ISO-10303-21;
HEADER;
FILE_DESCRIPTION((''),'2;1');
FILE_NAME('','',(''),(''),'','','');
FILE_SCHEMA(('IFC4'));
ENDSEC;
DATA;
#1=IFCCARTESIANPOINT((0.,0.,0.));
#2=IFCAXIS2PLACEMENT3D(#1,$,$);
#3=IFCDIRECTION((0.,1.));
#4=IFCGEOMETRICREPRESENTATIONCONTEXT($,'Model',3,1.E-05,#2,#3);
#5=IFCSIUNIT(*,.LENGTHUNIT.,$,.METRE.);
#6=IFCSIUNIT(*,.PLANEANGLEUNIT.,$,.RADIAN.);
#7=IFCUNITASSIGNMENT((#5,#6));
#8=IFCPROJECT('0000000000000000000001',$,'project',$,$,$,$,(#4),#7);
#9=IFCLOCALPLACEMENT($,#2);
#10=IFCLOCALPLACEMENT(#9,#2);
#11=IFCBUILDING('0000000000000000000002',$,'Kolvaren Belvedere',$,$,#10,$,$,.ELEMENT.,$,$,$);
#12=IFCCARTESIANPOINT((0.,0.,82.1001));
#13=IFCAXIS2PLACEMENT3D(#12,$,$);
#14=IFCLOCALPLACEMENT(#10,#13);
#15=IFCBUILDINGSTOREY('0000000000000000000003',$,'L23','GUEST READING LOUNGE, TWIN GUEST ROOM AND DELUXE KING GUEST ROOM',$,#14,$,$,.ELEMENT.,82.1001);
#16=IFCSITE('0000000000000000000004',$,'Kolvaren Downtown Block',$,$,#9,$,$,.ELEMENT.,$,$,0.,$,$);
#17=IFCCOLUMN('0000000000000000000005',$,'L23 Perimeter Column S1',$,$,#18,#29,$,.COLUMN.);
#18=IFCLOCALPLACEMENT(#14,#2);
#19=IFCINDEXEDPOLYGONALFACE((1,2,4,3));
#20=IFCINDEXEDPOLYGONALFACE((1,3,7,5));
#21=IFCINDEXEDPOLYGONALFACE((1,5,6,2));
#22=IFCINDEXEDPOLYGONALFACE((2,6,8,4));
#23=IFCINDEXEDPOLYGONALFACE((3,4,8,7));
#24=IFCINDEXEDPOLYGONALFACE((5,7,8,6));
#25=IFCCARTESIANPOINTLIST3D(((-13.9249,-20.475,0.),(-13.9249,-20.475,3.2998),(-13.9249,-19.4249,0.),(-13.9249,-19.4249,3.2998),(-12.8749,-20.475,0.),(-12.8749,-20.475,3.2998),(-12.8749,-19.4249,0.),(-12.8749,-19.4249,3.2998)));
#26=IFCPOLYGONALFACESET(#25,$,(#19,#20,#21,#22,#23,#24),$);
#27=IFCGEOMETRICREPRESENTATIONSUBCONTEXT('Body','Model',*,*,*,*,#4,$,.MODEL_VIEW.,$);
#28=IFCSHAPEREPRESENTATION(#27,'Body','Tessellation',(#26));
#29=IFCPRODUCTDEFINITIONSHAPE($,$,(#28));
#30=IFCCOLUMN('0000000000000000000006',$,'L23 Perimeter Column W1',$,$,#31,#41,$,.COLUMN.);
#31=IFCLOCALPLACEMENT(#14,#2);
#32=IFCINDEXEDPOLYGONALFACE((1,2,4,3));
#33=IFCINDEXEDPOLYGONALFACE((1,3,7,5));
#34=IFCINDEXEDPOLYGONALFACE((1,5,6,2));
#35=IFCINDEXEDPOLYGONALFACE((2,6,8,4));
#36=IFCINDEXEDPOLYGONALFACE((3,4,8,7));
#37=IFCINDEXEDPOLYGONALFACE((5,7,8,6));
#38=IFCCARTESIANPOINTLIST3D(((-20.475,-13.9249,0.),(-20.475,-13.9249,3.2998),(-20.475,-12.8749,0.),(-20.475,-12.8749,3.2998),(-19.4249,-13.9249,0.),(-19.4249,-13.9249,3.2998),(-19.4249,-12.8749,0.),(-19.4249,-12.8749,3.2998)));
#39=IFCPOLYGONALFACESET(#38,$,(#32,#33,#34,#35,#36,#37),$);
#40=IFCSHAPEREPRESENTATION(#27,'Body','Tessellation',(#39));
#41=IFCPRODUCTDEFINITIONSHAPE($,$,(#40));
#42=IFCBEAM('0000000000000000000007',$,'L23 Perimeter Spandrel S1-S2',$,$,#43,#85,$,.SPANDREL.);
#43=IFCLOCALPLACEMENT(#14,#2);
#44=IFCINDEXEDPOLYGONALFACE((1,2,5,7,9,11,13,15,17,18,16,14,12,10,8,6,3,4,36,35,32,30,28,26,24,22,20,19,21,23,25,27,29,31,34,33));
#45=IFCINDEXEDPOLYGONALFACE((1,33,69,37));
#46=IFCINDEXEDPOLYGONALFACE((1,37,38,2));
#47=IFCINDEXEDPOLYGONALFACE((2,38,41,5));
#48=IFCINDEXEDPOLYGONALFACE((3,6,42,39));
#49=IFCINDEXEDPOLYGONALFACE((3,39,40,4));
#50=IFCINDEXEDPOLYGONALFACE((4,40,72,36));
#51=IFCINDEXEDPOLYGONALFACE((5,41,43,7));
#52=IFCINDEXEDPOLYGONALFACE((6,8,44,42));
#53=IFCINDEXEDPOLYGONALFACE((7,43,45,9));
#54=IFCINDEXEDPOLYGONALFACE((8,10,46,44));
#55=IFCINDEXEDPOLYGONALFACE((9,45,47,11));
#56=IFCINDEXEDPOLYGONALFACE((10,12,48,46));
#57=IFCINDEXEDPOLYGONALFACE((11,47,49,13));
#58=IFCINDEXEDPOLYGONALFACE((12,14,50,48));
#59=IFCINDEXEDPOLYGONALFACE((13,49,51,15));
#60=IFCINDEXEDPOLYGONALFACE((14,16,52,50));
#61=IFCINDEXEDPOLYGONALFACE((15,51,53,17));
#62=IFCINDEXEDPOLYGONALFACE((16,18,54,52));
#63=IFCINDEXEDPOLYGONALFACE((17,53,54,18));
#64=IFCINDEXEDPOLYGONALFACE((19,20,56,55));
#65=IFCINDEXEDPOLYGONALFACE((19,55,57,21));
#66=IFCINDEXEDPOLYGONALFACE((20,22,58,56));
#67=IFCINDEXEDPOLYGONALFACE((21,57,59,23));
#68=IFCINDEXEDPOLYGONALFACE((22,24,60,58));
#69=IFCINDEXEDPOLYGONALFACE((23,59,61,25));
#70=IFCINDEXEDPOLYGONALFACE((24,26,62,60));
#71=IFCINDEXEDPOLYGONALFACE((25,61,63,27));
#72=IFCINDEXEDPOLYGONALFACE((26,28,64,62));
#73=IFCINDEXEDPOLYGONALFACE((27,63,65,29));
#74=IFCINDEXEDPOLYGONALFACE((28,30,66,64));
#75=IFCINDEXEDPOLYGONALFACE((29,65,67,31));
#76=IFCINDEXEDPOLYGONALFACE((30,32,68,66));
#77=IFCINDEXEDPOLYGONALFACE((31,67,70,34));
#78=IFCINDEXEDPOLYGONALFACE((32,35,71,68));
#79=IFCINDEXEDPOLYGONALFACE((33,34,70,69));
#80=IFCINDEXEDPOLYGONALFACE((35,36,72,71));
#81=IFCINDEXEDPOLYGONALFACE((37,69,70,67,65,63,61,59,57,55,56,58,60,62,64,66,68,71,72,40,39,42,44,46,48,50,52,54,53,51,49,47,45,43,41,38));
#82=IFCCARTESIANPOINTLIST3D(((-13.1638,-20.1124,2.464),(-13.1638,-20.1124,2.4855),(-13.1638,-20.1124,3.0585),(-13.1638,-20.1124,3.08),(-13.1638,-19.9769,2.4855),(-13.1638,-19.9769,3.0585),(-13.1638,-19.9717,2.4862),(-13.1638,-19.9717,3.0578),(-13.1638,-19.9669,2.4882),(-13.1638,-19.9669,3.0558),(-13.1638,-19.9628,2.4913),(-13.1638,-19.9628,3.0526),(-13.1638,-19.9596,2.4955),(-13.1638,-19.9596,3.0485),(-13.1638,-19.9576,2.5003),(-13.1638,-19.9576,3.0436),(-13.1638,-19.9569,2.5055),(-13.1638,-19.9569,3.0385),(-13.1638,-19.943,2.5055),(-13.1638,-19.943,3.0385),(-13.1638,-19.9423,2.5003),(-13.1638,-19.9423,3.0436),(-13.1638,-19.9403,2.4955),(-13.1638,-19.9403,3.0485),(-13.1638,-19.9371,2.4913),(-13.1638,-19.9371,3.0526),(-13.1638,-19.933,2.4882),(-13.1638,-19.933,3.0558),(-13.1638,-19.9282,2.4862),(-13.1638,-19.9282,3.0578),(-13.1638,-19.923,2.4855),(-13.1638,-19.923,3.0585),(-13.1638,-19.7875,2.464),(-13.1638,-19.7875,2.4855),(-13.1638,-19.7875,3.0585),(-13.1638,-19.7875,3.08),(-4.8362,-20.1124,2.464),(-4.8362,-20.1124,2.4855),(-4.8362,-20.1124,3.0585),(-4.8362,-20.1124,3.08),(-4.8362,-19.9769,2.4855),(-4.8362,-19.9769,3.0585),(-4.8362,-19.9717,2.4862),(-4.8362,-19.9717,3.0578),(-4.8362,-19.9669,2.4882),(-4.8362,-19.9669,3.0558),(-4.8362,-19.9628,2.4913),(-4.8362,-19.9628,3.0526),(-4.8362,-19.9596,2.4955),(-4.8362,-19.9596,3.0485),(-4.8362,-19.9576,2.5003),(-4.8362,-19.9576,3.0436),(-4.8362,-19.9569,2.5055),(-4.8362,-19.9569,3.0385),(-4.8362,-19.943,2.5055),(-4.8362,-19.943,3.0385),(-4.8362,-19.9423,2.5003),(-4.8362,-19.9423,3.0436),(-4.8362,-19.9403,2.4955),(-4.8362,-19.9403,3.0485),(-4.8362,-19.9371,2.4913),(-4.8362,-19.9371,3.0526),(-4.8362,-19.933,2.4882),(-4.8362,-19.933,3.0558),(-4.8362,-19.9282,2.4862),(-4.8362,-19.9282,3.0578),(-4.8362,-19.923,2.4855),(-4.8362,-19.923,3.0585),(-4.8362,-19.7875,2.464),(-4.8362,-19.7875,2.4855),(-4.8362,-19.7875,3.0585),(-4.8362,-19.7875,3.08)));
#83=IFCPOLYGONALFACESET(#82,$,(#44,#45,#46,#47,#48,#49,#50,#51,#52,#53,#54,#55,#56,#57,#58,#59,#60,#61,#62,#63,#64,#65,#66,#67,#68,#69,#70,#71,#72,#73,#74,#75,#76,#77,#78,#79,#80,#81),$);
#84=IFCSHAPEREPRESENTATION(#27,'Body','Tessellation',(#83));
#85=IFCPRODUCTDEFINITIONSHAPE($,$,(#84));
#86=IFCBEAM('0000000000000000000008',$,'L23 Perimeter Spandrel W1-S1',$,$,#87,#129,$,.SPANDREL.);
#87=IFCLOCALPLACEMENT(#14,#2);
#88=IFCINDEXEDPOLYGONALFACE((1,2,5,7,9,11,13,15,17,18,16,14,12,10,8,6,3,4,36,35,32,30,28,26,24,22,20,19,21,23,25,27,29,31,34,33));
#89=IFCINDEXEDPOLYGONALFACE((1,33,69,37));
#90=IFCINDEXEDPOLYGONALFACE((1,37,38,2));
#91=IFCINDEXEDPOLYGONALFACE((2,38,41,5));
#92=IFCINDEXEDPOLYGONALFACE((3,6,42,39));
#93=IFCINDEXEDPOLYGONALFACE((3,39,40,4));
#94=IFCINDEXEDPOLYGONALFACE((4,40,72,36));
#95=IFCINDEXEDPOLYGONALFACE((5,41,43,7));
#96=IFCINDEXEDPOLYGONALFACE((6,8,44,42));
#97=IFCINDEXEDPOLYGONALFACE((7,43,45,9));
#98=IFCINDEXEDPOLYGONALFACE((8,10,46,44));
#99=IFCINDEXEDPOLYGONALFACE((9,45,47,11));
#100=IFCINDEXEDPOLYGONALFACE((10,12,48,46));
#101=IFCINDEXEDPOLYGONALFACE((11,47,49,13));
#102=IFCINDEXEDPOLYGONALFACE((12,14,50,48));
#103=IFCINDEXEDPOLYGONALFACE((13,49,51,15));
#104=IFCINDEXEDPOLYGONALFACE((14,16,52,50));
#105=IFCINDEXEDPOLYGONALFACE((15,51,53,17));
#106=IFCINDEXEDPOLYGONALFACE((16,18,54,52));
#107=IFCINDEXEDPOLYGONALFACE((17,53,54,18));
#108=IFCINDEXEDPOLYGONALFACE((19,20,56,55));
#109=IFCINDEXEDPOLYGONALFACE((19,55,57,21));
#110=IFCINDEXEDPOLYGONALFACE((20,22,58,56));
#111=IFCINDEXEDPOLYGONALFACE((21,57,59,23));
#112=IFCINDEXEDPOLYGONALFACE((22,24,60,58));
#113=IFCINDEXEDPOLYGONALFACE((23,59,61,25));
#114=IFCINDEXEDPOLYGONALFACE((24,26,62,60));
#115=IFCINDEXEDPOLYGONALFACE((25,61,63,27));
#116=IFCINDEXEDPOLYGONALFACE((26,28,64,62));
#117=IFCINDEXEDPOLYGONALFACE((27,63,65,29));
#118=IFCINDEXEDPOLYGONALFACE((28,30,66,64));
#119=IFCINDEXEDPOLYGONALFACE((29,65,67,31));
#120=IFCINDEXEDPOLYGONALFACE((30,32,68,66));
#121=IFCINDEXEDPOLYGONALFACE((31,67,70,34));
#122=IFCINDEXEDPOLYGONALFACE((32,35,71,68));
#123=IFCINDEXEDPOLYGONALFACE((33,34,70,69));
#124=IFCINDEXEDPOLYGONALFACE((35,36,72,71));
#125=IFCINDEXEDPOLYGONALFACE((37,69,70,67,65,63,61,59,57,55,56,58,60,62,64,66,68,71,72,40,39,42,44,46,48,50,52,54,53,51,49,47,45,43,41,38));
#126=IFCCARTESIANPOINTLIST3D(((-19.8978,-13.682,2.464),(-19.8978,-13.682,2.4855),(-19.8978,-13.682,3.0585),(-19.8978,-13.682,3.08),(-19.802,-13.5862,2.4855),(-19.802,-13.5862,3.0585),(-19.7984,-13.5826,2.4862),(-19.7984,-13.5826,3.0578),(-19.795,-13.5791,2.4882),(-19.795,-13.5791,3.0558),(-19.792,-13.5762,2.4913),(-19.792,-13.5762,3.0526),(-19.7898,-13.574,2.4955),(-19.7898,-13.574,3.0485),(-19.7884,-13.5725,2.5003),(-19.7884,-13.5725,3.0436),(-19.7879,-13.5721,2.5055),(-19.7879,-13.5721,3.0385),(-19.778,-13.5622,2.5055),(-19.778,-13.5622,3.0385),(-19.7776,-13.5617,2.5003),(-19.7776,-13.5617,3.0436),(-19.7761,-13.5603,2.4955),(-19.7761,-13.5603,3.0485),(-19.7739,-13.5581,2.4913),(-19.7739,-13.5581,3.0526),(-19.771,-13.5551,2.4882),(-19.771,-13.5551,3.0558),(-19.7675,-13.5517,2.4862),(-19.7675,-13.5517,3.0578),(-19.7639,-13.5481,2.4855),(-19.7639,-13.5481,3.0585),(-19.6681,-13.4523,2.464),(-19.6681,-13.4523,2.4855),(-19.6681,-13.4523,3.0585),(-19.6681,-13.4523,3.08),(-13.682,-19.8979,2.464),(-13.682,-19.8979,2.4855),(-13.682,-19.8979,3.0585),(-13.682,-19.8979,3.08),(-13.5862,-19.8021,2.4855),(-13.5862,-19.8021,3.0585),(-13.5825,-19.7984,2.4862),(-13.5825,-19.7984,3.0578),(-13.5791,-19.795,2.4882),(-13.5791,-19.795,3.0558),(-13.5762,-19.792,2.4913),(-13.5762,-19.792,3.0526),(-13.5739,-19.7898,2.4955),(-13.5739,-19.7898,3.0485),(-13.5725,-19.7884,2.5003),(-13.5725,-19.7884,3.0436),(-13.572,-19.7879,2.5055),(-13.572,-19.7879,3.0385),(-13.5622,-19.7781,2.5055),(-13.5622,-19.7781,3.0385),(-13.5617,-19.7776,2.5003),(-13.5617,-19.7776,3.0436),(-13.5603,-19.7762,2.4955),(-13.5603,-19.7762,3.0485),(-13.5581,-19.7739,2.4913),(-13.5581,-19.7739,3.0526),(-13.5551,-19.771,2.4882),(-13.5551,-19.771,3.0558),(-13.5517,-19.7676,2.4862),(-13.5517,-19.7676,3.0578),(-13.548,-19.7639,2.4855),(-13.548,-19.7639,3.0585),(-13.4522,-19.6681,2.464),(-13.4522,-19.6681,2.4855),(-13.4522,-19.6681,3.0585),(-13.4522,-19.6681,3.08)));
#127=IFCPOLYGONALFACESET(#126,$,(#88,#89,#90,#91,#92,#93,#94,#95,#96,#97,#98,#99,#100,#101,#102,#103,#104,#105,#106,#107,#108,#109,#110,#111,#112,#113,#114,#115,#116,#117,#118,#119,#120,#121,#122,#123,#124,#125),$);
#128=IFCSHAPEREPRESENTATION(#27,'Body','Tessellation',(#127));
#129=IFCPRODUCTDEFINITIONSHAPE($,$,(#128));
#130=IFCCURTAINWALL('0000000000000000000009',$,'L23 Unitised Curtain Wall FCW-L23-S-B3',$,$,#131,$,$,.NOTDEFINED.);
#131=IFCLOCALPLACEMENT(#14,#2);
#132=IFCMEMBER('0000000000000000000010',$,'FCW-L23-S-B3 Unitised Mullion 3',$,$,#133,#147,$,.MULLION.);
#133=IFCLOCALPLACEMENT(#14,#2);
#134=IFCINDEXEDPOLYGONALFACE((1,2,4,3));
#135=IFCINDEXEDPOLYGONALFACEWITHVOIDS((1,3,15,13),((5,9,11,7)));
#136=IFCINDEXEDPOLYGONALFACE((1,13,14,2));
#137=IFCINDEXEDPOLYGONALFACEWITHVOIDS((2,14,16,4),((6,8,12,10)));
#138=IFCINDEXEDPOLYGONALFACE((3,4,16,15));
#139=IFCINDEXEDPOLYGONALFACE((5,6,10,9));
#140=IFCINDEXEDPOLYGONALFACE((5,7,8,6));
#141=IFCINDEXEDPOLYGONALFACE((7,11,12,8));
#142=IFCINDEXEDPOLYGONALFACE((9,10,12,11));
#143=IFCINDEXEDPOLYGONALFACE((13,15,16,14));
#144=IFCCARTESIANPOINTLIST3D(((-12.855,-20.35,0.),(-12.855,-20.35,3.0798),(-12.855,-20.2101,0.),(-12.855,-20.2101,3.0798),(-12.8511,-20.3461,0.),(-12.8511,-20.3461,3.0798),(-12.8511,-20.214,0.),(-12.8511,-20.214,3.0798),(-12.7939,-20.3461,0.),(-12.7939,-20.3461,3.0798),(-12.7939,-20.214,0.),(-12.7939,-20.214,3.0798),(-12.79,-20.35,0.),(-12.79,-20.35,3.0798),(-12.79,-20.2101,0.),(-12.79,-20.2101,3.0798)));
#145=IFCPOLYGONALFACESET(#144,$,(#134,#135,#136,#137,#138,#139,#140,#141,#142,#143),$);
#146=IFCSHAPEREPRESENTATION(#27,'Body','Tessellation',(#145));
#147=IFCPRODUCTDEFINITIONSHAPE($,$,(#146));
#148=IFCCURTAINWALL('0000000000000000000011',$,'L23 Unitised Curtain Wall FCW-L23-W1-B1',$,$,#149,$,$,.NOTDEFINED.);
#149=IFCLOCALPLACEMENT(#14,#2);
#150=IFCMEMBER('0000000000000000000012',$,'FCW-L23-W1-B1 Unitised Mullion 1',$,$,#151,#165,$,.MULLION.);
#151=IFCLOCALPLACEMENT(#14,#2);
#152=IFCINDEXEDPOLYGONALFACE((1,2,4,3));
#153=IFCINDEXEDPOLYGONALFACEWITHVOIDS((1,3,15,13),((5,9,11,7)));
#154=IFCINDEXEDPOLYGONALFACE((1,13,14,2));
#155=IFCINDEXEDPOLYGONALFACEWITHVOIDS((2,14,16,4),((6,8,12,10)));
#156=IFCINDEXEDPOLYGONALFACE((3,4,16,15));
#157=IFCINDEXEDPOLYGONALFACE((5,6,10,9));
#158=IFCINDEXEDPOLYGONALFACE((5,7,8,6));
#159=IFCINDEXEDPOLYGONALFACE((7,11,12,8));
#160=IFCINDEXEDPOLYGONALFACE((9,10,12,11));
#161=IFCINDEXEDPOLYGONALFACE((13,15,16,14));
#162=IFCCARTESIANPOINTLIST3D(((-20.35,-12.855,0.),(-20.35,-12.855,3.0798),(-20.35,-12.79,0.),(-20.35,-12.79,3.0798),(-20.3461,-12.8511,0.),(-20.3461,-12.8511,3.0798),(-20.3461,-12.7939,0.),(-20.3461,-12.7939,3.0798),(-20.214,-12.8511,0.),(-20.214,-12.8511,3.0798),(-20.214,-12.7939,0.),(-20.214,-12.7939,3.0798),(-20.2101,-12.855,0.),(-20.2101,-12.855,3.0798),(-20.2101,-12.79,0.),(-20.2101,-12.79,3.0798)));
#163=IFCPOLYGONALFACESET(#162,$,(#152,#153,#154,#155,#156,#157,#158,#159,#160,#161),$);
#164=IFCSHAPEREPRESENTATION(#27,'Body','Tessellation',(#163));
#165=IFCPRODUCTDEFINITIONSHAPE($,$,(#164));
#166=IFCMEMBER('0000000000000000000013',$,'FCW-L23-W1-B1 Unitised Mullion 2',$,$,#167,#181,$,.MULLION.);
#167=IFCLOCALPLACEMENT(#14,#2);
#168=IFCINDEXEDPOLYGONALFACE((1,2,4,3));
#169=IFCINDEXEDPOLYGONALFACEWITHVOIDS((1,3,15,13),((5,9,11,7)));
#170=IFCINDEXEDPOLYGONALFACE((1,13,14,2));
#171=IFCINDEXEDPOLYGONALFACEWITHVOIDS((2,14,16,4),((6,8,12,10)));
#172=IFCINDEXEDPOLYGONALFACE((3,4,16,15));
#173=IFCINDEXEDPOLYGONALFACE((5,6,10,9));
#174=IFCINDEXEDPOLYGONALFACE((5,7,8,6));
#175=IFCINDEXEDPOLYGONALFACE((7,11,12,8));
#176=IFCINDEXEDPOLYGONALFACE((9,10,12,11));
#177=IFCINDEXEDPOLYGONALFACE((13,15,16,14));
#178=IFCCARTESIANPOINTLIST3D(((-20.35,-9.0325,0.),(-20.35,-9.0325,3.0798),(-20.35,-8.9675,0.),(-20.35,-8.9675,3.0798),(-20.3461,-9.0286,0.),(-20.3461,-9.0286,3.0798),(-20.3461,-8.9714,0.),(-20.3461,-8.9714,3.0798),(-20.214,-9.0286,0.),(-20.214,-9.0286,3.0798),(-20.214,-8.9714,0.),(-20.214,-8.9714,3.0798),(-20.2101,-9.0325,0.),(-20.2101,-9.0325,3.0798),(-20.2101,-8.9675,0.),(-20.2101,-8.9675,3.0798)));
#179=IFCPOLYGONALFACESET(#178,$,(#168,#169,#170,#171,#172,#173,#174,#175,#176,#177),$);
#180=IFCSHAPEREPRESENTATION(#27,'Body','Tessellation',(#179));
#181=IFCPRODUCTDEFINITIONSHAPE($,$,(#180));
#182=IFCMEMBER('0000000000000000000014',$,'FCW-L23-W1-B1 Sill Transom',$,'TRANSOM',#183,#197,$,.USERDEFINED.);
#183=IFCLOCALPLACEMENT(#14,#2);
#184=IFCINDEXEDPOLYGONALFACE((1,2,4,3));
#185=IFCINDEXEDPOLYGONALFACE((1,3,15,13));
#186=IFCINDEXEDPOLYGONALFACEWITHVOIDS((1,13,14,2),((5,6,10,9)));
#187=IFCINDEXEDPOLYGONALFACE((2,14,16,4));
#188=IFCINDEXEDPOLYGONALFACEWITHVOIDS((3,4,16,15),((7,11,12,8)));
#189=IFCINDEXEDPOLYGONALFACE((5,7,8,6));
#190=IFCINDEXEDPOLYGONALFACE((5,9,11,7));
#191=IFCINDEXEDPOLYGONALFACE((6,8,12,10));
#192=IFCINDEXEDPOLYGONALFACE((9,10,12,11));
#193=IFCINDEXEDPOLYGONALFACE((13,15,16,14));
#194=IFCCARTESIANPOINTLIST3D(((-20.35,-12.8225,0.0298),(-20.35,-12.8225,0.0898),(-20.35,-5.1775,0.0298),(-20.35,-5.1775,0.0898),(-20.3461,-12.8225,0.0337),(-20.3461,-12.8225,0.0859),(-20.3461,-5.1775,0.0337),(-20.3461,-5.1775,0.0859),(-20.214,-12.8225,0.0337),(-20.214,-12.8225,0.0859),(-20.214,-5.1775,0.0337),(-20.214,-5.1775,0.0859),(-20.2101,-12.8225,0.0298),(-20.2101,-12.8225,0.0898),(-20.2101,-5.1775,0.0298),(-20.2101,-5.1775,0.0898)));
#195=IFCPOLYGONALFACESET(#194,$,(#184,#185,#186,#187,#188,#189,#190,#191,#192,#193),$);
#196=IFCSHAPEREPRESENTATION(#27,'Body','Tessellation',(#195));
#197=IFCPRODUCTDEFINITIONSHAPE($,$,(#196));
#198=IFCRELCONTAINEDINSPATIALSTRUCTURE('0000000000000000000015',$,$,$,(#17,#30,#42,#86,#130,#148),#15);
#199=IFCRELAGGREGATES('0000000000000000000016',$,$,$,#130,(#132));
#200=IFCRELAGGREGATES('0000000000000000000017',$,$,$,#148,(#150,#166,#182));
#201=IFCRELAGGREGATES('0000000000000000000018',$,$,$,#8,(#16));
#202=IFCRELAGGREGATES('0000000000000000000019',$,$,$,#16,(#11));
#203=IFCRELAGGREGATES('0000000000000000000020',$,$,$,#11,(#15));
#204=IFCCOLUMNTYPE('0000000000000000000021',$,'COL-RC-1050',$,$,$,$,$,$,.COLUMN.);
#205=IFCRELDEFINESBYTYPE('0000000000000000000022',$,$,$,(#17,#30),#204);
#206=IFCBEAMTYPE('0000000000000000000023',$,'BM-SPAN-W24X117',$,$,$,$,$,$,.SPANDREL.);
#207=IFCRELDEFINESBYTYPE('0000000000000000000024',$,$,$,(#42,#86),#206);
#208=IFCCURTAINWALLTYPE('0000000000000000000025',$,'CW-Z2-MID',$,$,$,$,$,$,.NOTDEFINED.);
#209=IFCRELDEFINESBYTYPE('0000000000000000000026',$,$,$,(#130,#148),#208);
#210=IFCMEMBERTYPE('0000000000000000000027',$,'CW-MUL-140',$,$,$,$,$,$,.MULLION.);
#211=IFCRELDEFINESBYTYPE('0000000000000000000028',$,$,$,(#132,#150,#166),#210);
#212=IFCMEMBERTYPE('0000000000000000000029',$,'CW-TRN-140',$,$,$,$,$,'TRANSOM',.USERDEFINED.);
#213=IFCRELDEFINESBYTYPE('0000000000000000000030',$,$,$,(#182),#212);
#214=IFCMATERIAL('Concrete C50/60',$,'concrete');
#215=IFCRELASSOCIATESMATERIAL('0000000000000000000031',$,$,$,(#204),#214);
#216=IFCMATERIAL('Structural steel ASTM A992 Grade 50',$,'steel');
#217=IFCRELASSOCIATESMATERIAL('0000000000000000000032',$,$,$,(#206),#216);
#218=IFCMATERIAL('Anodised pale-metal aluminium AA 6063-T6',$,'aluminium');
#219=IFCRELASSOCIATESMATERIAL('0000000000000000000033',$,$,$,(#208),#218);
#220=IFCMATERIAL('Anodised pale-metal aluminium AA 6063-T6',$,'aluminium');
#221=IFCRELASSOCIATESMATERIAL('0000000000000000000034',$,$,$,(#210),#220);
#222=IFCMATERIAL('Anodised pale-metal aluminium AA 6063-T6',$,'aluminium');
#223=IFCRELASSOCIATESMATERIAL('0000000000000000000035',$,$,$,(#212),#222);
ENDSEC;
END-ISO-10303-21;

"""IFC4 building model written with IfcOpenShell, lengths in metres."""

from ifc_helpers import new_model, si_unit, direction, frame, origin, origin_2d, place, context, subcontext, project, spatial, rectangle, hollow_rectangle, i_section, extrude, material, material_profile, profile_set, type_object, element, aggregate, save


model = new_model("IFC4")

# Units and contexts
model_context = context("Model", 3, precision=1e-05, world=origin(), true_north=direction((0.0, 1.0)))
body_context = subcontext(model_context, "Body", "Model", "MODEL_VIEW")
ifc_project = project(units=[si_unit("LENGTHUNIT", "METRE"), si_unit("PLANEANGLEUNIT", "RADIAN")], contexts=[model_context])

# Site, building, storey
site_placement = place(None, origin())
site = spatial("IfcSite", under=ifc_project, at=site_placement, Name="Kolvaren Downtown Block", CompositionType="ELEMENT", RefElevation=0.0)
building_placement = place(site_placement, origin())
building = spatial("IfcBuilding", under=site, at=building_placement, Name="Kolvaren Belvedere", CompositionType="ELEMENT")
storey_placement = place(building_placement, frame((0.0, 0.0, 82.1001)))
storey = spatial("IfcBuildingStorey", under=building, at=storey_placement, Name="L23", Description="GUEST READING LOUNGE, TWIN GUEST ROOM AND DELUXE KING GUEST ROOM", CompositionType="ELEMENT", Elevation=82.1001)

# Columns
ifc_material_1 = material(Name="Concrete C50/60", Category="concrete")
ifc_material_profile_1 = material_profile(ifc_material_1, rectangle(XDim=1.05, YDim=1.05, at=origin_2d()), Name="RC 1050X1050")
ifc_profile_set_1 = profile_set([ifc_material_profile_1], Name="Concrete C50/60")
column_type = type_object("IfcColumnType", Name="COL-RC-1050", PredefinedType="COLUMN", material=ifc_profile_set_1)
for number, where, z_axis, x_axis, name in (
    (1, (-13.3999, -19.95, 0.0), (0.0, 0.0, 1.0), (1.0, 0.0, 0.0), "L23 Perimeter Column S1"),
    (2, (-19.95, -13.3999, 0.0), (0.0, 0.0, 1.0), (1.0, 0.0, 0.0), "L23 Perimeter Column W1"),
):
    element("IfcColumn", number, at=place(storey_placement, frame(where, z_axis=z_axis, x_axis=x_axis)), inside=storey, type_object=column_type, Name=name, PredefinedType="COLUMN", context=body_context, shape_type="SweptSolid", body=[
        extrude(rectangle(XDim=1.05, YDim=1.05, at=origin_2d()), origin(), (0.0, 0.0, 1.0), 3.2998),
    ])

# Beams
ifc_material_2 = material(Name="Structural steel ASTM A992 Grade 50", Category="steel")
ifc_material_profile_2 = material_profile(ifc_material_2, i_section(OverallWidth=0.325, OverallDepth=0.616, WebThickness=0.0139, FlangeThickness=0.0215, FilletRadius=0.02, at=origin_2d()), Name="W24X117")
ifc_profile_set_2 = profile_set([ifc_material_profile_2], Name="Structural steel ASTM A992 Grade 50")
beam_type = type_object("IfcBeamType", Name="BM-SPAN-W24X117", PredefinedType="SPANDREL", material=ifc_profile_set_2)
beam_1_placement = place(storey_placement, frame((-13.1638, -19.95, 2.772), z_axis=(1.0, 0.0, 0.0), x_axis=(0.0, 1.0, 0.0)))
element("IfcBeam", 3, at=beam_1_placement, inside=storey, type_object=beam_type, Name="L23 Perimeter Spandrel S1-S2", PredefinedType="SPANDREL", context=body_context, shape_type="SweptSolid", body=[
    extrude(i_section(OverallWidth=0.325, OverallDepth=0.616, WebThickness=0.0139, FlangeThickness=0.0215, FilletRadius=0.02, at=origin_2d()), origin(), (0.0, 0.0, 1.0), 8.3276),
])
beam_2_placement = place(storey_placement, frame((-19.783, -13.5671, 2.772), z_axis=(0.707107, -0.707107, 0.0), x_axis=(0.707107, 0.707107, 0.0)))
element("IfcBeam", 4, at=beam_2_placement, inside=storey, type_object=beam_type, Name="L23 Perimeter Spandrel W1-S1", PredefinedType="SPANDREL", context=body_context, shape_type="SweptSolid", body=[
    extrude(i_section(OverallWidth=0.325, OverallDepth=0.616, WebThickness=0.0139, FlangeThickness=0.0215, FilletRadius=0.02, at=origin_2d()), origin(), (0.0, 0.0, 1.0), 8.7905),
])

# Curtain wall, member
ifc_material_3 = material(Name="Anodised pale-metal aluminium AA 6063-T6", Category="aluminium")
curtain_wall_type = type_object("IfcCurtainWallType", Name="CW-Z2-MID", PredefinedType="NOTDEFINED", material=ifc_material_3)
curtain_wall_1_placement = place(storey_placement, origin())
curtain_wall_1 = element("IfcCurtainWall", 5, at=curtain_wall_1_placement, inside=storey, type_object=curtain_wall_type, Name="L23 Unitised Curtain Wall FCW-L23-S-B3", PredefinedType="NOTDEFINED")
ifc_material_4 = material(Name="Anodised pale-metal aluminium AA 6063-T6", Category="aluminium")
ifc_material_profile_3 = material_profile(ifc_material_4, hollow_rectangle(XDim=0.0649, YDim=0.1399, WallThickness=0.0039, at=origin_2d()), Name="ALU-MUL-140X65")
ifc_profile_set_3 = profile_set([ifc_material_profile_3], Name="Anodised pale-metal aluminium AA 6063-T6")
member_type_1 = type_object("IfcMemberType", Name="CW-MUL-140", PredefinedType="MULLION", material=ifc_profile_set_3)
member_1_placement = place(storey_placement, frame((-12.8225, -20.28, 0.0), z_axis=(0.0, 0.0, 1.0), x_axis=(1.0, 0.0, 0.0)))
member_1 = element("IfcMember", 6, at=member_1_placement, type_object=member_type_1, Name="FCW-L23-S-B3 Unitised Mullion 3", PredefinedType="MULLION", context=body_context, shape_type="SweptSolid", body=[
    extrude(hollow_rectangle(XDim=0.0649, YDim=0.1399, WallThickness=0.0039, at=origin_2d()), origin(), (0.0, 0.0, 1.0), 3.0798),
])
aggregate(curtain_wall_1, [member_1])

# Curtain wall, members
curtain_wall_2_placement = place(storey_placement, origin())
curtain_wall_2 = element("IfcCurtainWall", 7, at=curtain_wall_2_placement, inside=storey, type_object=curtain_wall_type, Name="L23 Unitised Curtain Wall FCW-L23-W1-B1", PredefinedType="NOTDEFINED")
member_2_placement = place(storey_placement, frame((-20.28, -12.8225, 0.0), z_axis=(0.0, 0.0, 1.0), x_axis=(0.0, 1.0, 0.0)))
member_2 = element("IfcMember", 8, at=member_2_placement, type_object=member_type_1, Name="FCW-L23-W1-B1 Unitised Mullion 1", PredefinedType="MULLION", context=body_context, shape_type="SweptSolid", body=[
    extrude(hollow_rectangle(XDim=0.0649, YDim=0.1399, WallThickness=0.0039, at=origin_2d()), origin(), (0.0, 0.0, 1.0), 3.0798),
])
member_3_placement = place(storey_placement, frame((-20.28, -9.0, 0.0), z_axis=(0.0, 0.0, 1.0), x_axis=(0.0, 1.0, 0.0)))
member_3 = element("IfcMember", 9, at=member_3_placement, type_object=member_type_1, Name="FCW-L23-W1-B1 Unitised Mullion 2", PredefinedType="MULLION", context=body_context, shape_type="SweptSolid", body=[
    extrude(hollow_rectangle(XDim=0.0649, YDim=0.1399, WallThickness=0.0039, at=origin_2d()), origin(), (0.0, 0.0, 1.0), 3.0798),
])
ifc_material_5 = material(Name="Anodised pale-metal aluminium AA 6063-T6", Category="aluminium")
ifc_material_profile_4 = material_profile(ifc_material_5, hollow_rectangle(XDim=0.0601, YDim=0.1399, WallThickness=0.0039, at=origin_2d()), Name="ALU-TRN-140X60")
ifc_profile_set_4 = profile_set([ifc_material_profile_4], Name="Anodised pale-metal aluminium AA 6063-T6")
member_type_2 = type_object("IfcMemberType", Name="CW-TRN-140", ElementType="TRANSOM", PredefinedType="USERDEFINED", material=ifc_profile_set_4)
member_4_placement = place(storey_placement, frame((-20.28, -12.8225, 0.0598), z_axis=(0.0, 1.0, 0.0), x_axis=(0.0, 0.0, 1.0)))
member_4 = element("IfcMember", 10, at=member_4_placement, type_object=member_type_2, Name="FCW-L23-W1-B1 Sill Transom", ObjectType="TRANSOM", PredefinedType="USERDEFINED", context=body_context, shape_type="SweptSolid", body=[
    extrude(hollow_rectangle(XDim=0.0601, YDim=0.1399, WallThickness=0.0039, at=origin_2d()), origin(), (0.0, 0.0, 1.0), 7.645),
])
aggregate(curtain_wall_2, [member_2, member_3, member_4])

save(model, "model.ifc")
